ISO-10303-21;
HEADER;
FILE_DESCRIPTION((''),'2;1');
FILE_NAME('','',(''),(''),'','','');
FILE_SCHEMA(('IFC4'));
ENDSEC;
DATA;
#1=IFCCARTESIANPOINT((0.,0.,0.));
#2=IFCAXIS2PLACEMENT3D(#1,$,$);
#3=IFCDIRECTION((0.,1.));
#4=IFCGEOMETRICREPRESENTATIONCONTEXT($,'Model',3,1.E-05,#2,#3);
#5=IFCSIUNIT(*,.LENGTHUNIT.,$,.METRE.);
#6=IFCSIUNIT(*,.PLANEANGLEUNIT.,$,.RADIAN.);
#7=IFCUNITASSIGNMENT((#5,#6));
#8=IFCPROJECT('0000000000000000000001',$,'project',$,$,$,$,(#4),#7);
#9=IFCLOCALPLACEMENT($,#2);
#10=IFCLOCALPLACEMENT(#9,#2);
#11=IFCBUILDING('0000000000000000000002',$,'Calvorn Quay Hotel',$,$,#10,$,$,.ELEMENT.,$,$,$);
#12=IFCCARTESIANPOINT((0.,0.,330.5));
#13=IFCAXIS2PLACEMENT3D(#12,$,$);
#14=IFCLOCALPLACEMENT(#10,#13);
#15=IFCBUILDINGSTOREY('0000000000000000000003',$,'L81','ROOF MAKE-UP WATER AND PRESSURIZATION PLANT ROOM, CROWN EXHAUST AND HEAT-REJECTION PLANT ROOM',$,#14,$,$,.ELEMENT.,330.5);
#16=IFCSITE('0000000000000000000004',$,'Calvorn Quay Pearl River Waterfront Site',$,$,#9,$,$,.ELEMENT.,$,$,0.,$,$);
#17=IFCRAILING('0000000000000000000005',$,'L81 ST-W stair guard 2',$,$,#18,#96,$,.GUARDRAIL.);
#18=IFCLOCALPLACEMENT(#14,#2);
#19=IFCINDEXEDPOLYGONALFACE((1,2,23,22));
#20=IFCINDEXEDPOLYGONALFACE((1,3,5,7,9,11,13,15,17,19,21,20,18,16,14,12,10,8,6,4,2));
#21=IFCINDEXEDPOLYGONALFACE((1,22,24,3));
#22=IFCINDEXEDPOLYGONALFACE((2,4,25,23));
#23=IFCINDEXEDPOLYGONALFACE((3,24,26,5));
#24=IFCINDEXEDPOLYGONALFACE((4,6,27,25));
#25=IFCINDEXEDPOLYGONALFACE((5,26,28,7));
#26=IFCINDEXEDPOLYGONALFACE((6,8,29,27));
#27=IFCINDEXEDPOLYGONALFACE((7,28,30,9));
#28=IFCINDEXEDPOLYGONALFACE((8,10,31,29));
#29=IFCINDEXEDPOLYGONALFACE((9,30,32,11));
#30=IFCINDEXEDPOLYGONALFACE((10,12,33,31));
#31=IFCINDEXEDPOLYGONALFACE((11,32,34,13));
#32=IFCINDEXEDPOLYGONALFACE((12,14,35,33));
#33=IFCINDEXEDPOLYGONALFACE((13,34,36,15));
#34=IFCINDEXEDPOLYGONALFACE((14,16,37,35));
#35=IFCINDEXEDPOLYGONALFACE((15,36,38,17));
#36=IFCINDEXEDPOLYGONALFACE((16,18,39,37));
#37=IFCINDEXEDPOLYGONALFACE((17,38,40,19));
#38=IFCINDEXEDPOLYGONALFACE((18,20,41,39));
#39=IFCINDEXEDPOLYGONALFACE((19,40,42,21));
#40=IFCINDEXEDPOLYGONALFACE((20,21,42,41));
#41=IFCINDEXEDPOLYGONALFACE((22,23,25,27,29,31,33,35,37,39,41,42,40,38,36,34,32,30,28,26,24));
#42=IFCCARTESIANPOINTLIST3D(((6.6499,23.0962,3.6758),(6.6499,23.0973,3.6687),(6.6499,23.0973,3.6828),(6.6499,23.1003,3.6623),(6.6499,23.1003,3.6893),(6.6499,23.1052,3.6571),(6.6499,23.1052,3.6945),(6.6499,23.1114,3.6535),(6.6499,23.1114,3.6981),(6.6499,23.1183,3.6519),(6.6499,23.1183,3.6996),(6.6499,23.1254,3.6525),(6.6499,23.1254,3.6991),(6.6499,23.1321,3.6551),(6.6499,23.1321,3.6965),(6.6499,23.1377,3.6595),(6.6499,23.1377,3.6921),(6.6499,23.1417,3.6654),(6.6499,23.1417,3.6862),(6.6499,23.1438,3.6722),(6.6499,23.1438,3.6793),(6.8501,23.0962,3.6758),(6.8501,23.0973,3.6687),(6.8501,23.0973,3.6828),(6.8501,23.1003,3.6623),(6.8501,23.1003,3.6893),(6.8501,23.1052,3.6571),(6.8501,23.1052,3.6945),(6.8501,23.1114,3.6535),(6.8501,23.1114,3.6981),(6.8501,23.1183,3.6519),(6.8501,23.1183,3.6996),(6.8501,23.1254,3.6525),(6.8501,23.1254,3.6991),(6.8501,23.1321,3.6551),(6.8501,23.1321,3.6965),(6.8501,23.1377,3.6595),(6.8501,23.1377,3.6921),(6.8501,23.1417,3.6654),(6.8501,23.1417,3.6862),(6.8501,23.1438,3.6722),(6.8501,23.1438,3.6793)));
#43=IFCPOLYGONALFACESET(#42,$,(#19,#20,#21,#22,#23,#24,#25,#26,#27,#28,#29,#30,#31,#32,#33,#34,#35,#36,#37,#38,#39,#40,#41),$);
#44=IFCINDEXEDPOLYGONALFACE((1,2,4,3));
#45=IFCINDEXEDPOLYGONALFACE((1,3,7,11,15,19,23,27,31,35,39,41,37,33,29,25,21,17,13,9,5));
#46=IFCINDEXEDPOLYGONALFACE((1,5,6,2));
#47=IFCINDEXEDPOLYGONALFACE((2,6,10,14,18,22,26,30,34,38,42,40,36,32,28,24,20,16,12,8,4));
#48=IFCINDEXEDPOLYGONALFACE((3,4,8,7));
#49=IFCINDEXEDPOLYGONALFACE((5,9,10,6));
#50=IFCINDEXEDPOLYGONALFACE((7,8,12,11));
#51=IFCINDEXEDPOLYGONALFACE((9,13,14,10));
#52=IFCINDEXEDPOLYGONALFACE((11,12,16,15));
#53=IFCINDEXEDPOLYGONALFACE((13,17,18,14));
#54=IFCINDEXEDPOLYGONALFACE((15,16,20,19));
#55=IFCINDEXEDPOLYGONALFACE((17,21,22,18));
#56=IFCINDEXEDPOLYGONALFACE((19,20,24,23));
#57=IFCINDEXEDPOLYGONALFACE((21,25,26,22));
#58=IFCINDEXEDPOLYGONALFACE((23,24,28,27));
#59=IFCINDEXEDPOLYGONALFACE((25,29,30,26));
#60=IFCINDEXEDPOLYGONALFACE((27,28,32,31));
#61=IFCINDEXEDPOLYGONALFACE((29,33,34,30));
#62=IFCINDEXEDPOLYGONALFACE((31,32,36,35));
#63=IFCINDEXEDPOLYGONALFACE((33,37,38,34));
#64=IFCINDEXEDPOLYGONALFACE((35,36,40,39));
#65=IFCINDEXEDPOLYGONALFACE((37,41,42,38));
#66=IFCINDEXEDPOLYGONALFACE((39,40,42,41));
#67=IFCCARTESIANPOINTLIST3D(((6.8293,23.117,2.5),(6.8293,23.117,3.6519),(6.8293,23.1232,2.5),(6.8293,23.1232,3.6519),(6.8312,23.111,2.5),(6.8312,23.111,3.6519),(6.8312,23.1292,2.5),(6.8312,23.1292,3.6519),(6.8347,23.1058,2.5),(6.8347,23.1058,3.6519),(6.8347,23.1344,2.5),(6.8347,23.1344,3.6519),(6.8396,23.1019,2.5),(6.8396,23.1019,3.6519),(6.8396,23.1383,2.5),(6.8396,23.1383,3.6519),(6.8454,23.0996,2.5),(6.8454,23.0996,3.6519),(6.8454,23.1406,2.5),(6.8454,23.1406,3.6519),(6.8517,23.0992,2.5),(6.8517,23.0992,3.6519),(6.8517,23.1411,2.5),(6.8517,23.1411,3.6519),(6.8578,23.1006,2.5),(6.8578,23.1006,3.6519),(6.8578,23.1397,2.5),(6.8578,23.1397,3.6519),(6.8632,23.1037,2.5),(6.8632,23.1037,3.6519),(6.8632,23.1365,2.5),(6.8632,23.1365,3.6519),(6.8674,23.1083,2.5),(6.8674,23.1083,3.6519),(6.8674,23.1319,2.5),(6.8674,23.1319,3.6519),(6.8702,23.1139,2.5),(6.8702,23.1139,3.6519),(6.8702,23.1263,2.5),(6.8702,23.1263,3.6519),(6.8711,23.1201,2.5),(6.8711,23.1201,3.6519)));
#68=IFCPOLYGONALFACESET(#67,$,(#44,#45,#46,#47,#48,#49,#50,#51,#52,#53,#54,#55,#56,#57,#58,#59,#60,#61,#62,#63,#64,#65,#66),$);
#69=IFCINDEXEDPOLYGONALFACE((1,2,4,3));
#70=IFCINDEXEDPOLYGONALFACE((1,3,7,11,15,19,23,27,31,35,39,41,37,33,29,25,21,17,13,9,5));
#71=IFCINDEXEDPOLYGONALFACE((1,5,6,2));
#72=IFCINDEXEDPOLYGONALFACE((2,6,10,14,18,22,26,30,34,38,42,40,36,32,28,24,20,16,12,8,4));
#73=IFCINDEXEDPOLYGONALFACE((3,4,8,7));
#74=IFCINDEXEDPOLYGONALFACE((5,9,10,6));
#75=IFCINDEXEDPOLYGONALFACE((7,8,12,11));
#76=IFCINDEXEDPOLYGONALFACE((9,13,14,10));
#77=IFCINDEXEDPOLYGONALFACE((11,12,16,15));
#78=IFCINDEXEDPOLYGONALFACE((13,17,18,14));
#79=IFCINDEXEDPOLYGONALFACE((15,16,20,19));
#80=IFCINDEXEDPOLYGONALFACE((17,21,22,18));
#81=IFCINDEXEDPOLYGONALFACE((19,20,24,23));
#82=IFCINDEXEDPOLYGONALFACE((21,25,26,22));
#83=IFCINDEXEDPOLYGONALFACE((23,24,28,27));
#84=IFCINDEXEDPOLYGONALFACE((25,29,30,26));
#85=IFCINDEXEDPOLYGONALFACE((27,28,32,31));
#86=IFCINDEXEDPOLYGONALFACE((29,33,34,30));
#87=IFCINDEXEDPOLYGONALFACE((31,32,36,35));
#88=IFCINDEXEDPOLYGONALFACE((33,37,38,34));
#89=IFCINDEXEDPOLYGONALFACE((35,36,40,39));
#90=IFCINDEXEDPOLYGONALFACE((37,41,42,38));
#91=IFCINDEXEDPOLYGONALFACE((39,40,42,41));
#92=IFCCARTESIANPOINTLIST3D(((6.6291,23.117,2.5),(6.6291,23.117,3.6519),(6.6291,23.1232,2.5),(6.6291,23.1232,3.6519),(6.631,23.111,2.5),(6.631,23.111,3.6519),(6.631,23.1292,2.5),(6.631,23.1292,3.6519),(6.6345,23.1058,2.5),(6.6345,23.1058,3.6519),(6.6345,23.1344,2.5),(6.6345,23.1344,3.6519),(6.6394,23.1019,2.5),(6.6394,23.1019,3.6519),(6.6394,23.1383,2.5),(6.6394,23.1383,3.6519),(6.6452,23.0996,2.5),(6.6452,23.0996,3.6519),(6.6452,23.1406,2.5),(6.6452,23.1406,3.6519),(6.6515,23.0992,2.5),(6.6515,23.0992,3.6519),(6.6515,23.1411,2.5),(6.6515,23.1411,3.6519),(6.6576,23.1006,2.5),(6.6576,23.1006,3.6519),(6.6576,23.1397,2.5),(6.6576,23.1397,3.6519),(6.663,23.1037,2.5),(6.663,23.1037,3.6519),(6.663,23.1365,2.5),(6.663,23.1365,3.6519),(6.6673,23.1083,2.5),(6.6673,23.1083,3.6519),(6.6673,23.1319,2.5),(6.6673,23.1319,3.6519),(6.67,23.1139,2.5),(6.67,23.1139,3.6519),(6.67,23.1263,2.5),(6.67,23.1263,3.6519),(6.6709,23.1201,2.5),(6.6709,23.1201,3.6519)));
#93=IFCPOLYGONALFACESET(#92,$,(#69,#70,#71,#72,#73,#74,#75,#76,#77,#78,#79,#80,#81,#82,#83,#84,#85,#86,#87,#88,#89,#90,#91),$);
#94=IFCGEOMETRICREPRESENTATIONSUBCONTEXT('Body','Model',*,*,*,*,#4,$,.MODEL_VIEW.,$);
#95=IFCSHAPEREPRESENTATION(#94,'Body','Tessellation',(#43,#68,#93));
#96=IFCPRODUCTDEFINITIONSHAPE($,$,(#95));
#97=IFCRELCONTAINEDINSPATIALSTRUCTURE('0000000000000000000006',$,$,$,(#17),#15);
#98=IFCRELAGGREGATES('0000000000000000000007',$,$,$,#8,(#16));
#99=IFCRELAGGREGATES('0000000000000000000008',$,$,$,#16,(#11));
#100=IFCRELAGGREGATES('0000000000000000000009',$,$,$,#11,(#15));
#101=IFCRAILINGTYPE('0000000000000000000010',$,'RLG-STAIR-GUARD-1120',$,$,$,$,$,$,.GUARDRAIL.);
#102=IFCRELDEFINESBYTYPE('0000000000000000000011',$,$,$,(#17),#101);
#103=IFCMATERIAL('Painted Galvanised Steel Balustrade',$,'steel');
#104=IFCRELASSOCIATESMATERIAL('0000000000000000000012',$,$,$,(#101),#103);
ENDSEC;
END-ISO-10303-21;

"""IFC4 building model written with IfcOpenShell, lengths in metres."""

from ifc_helpers import new_model, si_unit, direction, frame, origin, origin_2d, place, context, subcontext, project, spatial, circle, extrude, material, type_object, element, save


model = new_model("IFC4")

# Units and contexts
model_context = context("Model", 3, precision=1e-05, world=origin(), true_north=direction((0.0, 1.0)))
body_context = subcontext(model_context, "Body", "Model", "MODEL_VIEW")
ifc_project = project(units=[si_unit("LENGTHUNIT", "METRE"), si_unit("PLANEANGLEUNIT", "RADIAN")], contexts=[model_context])

# Site, building, storey
site_placement = place(None, origin())
site = spatial("IfcSite", under=ifc_project, at=site_placement, Name="Calvorn Quay Pearl River Waterfront Site", CompositionType="ELEMENT", RefElevation=0.0)
building_placement = place(site_placement, origin())
building = spatial("IfcBuilding", under=site, at=building_placement, Name="Calvorn Quay Hotel", CompositionType="ELEMENT")
storey_placement = place(building_placement, frame((0.0, 0.0, 330.5)))
storey = spatial("IfcBuildingStorey", under=building, at=storey_placement, Name="L81", Description="ROOF MAKE-UP WATER AND PRESSURIZATION PLANT ROOM, CROWN EXHAUST AND HEAT-REJECTION PLANT ROOM", CompositionType="ELEMENT", Elevation=330.5)

# Railing
ifc_material_1 = material(Name="Painted Galvanised Steel Balustrade", Category="steel")
railing_type_1 = type_object("IfcRailingType", Name="RLG-STAIR-GUARD-1120", PredefinedType="GUARDRAIL", material=ifc_material_1)
railing_1_placement = place(storey_placement, frame((6.8501, 23.1201, 2.5)))
element("IfcRailing", 1, at=railing_1_placement, inside=storey, type_object=railing_type_1, Name="L81 ST-W stair guard 2", PredefinedType="GUARDRAIL", context=body_context, shape_type="SweptSolid", body=[
    extrude(circle(Radius=0.0239, at=origin_2d()), frame((0.0, 0.0, 1.1758), z_axis=(-1.0, 0.0, 0.0), x_axis=(0.0, -1.0, 0.0)), (0.0, 0.0, 1.0), 0.2002),
    extrude(circle(Radius=0.021, at=origin_2d()), origin(), (0.0, 0.0, 1.0), 1.1519),
    extrude(circle(Radius=0.021, at=origin_2d()), frame((-0.2002, 0.0, 0.0)), (0.0, 0.0, 1.0), 1.1519),
])

save(model, "model.ifc")
